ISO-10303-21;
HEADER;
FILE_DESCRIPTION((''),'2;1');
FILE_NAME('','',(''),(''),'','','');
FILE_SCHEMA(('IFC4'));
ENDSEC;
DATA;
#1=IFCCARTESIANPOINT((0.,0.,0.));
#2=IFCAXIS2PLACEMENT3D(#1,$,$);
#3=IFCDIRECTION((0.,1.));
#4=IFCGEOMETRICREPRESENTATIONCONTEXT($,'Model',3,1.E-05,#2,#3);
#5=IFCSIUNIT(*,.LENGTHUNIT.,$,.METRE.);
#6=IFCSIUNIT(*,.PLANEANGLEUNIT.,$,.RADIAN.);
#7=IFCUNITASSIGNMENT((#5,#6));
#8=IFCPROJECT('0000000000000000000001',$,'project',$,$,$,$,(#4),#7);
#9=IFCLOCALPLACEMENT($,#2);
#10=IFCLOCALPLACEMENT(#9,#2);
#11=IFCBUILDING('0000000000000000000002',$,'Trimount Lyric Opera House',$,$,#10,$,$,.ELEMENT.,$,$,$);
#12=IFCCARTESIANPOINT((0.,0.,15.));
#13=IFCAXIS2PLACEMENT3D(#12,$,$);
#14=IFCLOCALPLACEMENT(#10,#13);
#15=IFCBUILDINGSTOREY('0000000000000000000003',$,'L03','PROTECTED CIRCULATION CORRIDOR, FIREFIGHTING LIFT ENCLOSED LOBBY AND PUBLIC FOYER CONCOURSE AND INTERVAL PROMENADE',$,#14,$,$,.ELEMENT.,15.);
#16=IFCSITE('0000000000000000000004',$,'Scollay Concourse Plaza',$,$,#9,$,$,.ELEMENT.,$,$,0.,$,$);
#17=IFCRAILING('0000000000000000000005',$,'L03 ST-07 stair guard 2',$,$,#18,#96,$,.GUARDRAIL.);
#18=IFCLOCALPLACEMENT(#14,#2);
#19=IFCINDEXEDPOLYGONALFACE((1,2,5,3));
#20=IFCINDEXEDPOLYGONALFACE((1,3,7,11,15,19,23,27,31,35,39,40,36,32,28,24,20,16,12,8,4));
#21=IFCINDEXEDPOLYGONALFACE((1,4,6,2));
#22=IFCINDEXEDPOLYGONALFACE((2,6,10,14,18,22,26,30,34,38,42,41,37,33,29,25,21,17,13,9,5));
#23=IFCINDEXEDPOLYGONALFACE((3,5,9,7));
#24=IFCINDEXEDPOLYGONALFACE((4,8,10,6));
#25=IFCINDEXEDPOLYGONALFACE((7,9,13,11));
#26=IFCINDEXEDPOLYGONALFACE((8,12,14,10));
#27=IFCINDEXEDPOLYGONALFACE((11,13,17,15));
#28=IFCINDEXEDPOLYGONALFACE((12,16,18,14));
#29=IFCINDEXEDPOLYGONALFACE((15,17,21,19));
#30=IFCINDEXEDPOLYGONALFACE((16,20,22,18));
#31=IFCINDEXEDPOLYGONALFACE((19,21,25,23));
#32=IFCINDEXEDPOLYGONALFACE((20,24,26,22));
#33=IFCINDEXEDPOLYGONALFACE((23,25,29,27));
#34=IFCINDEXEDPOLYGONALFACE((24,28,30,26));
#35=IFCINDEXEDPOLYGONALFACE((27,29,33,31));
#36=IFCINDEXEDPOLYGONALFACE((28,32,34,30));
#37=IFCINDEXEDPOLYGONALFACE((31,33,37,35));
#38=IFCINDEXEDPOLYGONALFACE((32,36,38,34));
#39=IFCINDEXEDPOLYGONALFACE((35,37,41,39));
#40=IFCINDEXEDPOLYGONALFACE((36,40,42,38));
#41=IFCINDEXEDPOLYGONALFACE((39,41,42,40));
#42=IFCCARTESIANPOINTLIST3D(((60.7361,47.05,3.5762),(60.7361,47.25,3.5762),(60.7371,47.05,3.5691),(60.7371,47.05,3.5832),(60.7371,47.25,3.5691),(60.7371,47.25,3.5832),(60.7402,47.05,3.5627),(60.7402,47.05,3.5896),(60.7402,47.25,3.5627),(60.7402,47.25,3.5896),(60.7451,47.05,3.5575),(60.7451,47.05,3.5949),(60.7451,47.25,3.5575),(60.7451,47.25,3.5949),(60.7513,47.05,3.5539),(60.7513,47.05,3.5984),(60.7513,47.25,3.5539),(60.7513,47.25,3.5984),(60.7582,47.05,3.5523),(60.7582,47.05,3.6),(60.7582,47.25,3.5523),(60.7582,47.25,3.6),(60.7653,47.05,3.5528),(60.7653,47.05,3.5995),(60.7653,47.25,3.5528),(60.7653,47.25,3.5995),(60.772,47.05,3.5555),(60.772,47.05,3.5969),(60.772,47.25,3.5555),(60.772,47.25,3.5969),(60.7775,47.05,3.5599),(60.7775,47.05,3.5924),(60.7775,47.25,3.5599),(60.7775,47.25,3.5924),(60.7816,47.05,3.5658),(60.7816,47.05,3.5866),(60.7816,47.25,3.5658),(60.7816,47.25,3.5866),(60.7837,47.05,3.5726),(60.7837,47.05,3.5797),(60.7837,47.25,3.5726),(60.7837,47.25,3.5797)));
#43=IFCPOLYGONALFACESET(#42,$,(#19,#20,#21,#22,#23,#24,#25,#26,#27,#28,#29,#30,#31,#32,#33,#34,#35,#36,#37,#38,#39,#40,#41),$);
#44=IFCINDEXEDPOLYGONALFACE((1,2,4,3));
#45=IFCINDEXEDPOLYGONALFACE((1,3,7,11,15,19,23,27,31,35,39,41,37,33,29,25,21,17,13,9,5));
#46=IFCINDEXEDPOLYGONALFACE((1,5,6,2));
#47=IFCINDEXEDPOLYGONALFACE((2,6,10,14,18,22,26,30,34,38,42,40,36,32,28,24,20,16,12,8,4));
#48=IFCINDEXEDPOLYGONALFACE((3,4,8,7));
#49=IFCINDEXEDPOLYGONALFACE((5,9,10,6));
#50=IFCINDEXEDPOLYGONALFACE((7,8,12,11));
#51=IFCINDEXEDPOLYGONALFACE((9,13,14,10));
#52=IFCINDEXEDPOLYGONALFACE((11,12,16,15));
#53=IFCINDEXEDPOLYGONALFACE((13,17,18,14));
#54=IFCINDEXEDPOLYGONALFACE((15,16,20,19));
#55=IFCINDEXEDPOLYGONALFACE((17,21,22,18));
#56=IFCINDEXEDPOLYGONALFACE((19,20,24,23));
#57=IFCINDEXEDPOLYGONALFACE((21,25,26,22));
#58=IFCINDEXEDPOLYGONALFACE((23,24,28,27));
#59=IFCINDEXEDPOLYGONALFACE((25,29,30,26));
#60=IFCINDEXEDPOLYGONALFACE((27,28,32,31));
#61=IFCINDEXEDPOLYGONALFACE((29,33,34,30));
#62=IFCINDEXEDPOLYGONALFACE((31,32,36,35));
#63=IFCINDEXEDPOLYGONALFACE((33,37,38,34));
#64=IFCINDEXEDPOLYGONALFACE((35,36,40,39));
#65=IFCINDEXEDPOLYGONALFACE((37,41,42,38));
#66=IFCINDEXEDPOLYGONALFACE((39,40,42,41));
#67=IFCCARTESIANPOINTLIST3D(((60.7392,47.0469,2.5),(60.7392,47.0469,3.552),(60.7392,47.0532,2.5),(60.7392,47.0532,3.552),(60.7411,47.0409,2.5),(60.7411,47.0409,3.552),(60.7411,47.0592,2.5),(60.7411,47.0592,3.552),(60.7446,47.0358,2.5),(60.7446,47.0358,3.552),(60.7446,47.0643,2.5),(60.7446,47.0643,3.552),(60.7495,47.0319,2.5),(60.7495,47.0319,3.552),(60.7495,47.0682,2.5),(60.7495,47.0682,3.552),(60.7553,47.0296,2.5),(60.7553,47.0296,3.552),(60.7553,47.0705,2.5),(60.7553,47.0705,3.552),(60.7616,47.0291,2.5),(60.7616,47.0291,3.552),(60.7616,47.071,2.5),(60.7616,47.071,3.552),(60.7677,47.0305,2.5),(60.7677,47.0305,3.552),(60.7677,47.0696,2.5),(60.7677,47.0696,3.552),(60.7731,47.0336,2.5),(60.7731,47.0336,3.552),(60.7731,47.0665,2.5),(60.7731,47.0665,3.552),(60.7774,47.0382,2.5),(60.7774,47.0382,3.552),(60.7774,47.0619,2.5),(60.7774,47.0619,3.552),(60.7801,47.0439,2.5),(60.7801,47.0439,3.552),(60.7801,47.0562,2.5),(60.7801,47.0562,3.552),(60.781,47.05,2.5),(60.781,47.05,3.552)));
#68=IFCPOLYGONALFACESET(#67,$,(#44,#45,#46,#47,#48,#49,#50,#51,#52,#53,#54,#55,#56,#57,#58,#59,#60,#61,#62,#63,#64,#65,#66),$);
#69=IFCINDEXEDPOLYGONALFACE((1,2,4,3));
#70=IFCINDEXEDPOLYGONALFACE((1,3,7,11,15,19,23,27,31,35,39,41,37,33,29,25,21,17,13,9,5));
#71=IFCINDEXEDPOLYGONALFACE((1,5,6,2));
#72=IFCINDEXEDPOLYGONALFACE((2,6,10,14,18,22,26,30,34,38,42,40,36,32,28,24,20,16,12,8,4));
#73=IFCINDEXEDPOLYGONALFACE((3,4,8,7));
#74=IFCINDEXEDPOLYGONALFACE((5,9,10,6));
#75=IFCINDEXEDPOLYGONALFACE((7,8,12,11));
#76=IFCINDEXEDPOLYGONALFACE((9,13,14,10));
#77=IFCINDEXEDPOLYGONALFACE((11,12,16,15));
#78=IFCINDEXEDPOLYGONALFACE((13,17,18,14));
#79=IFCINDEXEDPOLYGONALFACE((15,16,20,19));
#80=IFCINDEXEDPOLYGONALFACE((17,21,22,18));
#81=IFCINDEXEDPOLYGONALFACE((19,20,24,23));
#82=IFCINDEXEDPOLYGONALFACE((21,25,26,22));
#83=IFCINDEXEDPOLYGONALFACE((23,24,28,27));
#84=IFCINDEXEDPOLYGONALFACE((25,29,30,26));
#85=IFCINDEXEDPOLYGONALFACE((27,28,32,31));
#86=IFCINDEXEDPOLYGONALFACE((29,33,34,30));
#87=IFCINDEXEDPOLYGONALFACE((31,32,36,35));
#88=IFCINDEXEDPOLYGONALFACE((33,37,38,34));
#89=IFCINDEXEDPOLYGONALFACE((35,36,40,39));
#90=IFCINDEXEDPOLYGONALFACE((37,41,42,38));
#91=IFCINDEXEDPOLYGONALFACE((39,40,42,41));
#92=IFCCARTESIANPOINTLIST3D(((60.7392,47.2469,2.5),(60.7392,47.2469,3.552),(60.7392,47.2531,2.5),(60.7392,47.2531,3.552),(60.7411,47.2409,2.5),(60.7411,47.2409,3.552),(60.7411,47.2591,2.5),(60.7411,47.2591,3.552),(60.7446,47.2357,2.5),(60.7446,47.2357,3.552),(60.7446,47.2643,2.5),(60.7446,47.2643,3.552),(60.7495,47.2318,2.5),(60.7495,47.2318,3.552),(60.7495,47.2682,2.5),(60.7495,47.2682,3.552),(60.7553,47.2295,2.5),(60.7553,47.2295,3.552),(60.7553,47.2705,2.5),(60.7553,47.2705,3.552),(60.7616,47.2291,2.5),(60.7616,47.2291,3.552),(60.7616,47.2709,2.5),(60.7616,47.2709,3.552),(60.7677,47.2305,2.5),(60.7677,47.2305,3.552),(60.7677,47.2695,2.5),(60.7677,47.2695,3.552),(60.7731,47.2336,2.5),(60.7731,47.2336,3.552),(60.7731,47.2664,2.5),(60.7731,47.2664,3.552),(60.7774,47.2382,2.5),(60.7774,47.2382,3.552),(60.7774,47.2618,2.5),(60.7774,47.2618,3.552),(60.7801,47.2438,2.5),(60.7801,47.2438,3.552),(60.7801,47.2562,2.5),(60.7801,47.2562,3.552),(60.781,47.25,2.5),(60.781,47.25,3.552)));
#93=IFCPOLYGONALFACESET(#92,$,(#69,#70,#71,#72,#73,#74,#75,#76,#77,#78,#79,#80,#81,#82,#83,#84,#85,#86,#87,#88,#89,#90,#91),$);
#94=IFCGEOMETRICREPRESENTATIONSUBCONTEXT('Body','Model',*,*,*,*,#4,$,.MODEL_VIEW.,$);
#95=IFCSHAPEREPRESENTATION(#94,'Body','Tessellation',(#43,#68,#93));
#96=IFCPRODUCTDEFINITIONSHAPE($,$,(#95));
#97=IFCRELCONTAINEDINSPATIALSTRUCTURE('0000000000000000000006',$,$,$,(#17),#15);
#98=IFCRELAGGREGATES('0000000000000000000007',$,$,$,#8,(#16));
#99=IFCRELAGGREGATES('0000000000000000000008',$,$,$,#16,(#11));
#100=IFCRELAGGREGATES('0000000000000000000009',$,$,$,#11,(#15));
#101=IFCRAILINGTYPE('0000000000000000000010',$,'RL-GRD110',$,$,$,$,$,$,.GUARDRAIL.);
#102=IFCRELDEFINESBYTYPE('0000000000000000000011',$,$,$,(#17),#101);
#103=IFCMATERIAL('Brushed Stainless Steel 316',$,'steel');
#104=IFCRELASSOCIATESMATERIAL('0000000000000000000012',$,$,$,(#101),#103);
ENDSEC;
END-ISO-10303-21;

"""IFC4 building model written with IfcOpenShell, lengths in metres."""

from ifc_helpers import new_model, si_unit, direction, frame, origin, origin_2d, place, context, subcontext, project, spatial, circle, extrude, material, type_object, element, save


model = new_model("IFC4")

# Units and contexts
model_context = context("Model", 3, precision=1e-05, world=origin(), true_north=direction((0.0, 1.0)))
body_context = subcontext(model_context, "Body", "Model", "MODEL_VIEW")
ifc_project = project(units=[si_unit("LENGTHUNIT", "METRE"), si_unit("PLANEANGLEUNIT", "RADIAN")], contexts=[model_context])

# Site, building, storey
site_placement = place(None, origin())
site = spatial("IfcSite", under=ifc_project, at=site_placement, Name="Scollay Concourse Plaza", CompositionType="ELEMENT", RefElevation=0.0)
building_placement = place(site_placement, origin())
building = spatial("IfcBuilding", under=site, at=building_placement, Name="Trimount Lyric Opera House", CompositionType="ELEMENT")
storey_placement = place(building_placement, frame((0.0, 0.0, 15.0)))
storey = spatial("IfcBuildingStorey", under=building, at=storey_placement, Name="L03", Description="PROTECTED CIRCULATION CORRIDOR, FIREFIGHTING LIFT ENCLOSED LOBBY AND PUBLIC FOYER CONCOURSE AND INTERVAL PROMENADE", CompositionType="ELEMENT", Elevation=15.0)

# Railing
ifc_material_1 = material(Name="Brushed Stainless Steel 316", Category="steel")
railing_type_1 = type_object("IfcRailingType", Name="RL-GRD110", PredefinedType="GUARDRAIL", material=ifc_material_1)
railing_1_placement = place(storey_placement, frame((60.76, 47.05, 2.5)))
element("IfcRailing", 1, at=railing_1_placement, inside=storey, type_object=railing_type_1, Name="L03 ST-07 stair guard 2", PredefinedType="GUARDRAIL", context=body_context, shape_type="SweptSolid", body=[
    extrude(circle(Radius=0.0239, at=origin_2d()), frame((0.0, 0.0, 1.0762), z_axis=(0.0, 1.0, 0.0), x_axis=(-1.0, 0.0, 0.0)), (0.0, 0.0, 1.0), 0.2),
    extrude(circle(Radius=0.021, at=origin_2d()), origin(), (0.0, 0.0, 1.0), 1.052),
    extrude(circle(Radius=0.021, at=origin_2d()), frame((0.0, 0.2, 0.0)), (0.0, 0.0, 1.0), 1.052),
])

save(model, "model.ifc")
